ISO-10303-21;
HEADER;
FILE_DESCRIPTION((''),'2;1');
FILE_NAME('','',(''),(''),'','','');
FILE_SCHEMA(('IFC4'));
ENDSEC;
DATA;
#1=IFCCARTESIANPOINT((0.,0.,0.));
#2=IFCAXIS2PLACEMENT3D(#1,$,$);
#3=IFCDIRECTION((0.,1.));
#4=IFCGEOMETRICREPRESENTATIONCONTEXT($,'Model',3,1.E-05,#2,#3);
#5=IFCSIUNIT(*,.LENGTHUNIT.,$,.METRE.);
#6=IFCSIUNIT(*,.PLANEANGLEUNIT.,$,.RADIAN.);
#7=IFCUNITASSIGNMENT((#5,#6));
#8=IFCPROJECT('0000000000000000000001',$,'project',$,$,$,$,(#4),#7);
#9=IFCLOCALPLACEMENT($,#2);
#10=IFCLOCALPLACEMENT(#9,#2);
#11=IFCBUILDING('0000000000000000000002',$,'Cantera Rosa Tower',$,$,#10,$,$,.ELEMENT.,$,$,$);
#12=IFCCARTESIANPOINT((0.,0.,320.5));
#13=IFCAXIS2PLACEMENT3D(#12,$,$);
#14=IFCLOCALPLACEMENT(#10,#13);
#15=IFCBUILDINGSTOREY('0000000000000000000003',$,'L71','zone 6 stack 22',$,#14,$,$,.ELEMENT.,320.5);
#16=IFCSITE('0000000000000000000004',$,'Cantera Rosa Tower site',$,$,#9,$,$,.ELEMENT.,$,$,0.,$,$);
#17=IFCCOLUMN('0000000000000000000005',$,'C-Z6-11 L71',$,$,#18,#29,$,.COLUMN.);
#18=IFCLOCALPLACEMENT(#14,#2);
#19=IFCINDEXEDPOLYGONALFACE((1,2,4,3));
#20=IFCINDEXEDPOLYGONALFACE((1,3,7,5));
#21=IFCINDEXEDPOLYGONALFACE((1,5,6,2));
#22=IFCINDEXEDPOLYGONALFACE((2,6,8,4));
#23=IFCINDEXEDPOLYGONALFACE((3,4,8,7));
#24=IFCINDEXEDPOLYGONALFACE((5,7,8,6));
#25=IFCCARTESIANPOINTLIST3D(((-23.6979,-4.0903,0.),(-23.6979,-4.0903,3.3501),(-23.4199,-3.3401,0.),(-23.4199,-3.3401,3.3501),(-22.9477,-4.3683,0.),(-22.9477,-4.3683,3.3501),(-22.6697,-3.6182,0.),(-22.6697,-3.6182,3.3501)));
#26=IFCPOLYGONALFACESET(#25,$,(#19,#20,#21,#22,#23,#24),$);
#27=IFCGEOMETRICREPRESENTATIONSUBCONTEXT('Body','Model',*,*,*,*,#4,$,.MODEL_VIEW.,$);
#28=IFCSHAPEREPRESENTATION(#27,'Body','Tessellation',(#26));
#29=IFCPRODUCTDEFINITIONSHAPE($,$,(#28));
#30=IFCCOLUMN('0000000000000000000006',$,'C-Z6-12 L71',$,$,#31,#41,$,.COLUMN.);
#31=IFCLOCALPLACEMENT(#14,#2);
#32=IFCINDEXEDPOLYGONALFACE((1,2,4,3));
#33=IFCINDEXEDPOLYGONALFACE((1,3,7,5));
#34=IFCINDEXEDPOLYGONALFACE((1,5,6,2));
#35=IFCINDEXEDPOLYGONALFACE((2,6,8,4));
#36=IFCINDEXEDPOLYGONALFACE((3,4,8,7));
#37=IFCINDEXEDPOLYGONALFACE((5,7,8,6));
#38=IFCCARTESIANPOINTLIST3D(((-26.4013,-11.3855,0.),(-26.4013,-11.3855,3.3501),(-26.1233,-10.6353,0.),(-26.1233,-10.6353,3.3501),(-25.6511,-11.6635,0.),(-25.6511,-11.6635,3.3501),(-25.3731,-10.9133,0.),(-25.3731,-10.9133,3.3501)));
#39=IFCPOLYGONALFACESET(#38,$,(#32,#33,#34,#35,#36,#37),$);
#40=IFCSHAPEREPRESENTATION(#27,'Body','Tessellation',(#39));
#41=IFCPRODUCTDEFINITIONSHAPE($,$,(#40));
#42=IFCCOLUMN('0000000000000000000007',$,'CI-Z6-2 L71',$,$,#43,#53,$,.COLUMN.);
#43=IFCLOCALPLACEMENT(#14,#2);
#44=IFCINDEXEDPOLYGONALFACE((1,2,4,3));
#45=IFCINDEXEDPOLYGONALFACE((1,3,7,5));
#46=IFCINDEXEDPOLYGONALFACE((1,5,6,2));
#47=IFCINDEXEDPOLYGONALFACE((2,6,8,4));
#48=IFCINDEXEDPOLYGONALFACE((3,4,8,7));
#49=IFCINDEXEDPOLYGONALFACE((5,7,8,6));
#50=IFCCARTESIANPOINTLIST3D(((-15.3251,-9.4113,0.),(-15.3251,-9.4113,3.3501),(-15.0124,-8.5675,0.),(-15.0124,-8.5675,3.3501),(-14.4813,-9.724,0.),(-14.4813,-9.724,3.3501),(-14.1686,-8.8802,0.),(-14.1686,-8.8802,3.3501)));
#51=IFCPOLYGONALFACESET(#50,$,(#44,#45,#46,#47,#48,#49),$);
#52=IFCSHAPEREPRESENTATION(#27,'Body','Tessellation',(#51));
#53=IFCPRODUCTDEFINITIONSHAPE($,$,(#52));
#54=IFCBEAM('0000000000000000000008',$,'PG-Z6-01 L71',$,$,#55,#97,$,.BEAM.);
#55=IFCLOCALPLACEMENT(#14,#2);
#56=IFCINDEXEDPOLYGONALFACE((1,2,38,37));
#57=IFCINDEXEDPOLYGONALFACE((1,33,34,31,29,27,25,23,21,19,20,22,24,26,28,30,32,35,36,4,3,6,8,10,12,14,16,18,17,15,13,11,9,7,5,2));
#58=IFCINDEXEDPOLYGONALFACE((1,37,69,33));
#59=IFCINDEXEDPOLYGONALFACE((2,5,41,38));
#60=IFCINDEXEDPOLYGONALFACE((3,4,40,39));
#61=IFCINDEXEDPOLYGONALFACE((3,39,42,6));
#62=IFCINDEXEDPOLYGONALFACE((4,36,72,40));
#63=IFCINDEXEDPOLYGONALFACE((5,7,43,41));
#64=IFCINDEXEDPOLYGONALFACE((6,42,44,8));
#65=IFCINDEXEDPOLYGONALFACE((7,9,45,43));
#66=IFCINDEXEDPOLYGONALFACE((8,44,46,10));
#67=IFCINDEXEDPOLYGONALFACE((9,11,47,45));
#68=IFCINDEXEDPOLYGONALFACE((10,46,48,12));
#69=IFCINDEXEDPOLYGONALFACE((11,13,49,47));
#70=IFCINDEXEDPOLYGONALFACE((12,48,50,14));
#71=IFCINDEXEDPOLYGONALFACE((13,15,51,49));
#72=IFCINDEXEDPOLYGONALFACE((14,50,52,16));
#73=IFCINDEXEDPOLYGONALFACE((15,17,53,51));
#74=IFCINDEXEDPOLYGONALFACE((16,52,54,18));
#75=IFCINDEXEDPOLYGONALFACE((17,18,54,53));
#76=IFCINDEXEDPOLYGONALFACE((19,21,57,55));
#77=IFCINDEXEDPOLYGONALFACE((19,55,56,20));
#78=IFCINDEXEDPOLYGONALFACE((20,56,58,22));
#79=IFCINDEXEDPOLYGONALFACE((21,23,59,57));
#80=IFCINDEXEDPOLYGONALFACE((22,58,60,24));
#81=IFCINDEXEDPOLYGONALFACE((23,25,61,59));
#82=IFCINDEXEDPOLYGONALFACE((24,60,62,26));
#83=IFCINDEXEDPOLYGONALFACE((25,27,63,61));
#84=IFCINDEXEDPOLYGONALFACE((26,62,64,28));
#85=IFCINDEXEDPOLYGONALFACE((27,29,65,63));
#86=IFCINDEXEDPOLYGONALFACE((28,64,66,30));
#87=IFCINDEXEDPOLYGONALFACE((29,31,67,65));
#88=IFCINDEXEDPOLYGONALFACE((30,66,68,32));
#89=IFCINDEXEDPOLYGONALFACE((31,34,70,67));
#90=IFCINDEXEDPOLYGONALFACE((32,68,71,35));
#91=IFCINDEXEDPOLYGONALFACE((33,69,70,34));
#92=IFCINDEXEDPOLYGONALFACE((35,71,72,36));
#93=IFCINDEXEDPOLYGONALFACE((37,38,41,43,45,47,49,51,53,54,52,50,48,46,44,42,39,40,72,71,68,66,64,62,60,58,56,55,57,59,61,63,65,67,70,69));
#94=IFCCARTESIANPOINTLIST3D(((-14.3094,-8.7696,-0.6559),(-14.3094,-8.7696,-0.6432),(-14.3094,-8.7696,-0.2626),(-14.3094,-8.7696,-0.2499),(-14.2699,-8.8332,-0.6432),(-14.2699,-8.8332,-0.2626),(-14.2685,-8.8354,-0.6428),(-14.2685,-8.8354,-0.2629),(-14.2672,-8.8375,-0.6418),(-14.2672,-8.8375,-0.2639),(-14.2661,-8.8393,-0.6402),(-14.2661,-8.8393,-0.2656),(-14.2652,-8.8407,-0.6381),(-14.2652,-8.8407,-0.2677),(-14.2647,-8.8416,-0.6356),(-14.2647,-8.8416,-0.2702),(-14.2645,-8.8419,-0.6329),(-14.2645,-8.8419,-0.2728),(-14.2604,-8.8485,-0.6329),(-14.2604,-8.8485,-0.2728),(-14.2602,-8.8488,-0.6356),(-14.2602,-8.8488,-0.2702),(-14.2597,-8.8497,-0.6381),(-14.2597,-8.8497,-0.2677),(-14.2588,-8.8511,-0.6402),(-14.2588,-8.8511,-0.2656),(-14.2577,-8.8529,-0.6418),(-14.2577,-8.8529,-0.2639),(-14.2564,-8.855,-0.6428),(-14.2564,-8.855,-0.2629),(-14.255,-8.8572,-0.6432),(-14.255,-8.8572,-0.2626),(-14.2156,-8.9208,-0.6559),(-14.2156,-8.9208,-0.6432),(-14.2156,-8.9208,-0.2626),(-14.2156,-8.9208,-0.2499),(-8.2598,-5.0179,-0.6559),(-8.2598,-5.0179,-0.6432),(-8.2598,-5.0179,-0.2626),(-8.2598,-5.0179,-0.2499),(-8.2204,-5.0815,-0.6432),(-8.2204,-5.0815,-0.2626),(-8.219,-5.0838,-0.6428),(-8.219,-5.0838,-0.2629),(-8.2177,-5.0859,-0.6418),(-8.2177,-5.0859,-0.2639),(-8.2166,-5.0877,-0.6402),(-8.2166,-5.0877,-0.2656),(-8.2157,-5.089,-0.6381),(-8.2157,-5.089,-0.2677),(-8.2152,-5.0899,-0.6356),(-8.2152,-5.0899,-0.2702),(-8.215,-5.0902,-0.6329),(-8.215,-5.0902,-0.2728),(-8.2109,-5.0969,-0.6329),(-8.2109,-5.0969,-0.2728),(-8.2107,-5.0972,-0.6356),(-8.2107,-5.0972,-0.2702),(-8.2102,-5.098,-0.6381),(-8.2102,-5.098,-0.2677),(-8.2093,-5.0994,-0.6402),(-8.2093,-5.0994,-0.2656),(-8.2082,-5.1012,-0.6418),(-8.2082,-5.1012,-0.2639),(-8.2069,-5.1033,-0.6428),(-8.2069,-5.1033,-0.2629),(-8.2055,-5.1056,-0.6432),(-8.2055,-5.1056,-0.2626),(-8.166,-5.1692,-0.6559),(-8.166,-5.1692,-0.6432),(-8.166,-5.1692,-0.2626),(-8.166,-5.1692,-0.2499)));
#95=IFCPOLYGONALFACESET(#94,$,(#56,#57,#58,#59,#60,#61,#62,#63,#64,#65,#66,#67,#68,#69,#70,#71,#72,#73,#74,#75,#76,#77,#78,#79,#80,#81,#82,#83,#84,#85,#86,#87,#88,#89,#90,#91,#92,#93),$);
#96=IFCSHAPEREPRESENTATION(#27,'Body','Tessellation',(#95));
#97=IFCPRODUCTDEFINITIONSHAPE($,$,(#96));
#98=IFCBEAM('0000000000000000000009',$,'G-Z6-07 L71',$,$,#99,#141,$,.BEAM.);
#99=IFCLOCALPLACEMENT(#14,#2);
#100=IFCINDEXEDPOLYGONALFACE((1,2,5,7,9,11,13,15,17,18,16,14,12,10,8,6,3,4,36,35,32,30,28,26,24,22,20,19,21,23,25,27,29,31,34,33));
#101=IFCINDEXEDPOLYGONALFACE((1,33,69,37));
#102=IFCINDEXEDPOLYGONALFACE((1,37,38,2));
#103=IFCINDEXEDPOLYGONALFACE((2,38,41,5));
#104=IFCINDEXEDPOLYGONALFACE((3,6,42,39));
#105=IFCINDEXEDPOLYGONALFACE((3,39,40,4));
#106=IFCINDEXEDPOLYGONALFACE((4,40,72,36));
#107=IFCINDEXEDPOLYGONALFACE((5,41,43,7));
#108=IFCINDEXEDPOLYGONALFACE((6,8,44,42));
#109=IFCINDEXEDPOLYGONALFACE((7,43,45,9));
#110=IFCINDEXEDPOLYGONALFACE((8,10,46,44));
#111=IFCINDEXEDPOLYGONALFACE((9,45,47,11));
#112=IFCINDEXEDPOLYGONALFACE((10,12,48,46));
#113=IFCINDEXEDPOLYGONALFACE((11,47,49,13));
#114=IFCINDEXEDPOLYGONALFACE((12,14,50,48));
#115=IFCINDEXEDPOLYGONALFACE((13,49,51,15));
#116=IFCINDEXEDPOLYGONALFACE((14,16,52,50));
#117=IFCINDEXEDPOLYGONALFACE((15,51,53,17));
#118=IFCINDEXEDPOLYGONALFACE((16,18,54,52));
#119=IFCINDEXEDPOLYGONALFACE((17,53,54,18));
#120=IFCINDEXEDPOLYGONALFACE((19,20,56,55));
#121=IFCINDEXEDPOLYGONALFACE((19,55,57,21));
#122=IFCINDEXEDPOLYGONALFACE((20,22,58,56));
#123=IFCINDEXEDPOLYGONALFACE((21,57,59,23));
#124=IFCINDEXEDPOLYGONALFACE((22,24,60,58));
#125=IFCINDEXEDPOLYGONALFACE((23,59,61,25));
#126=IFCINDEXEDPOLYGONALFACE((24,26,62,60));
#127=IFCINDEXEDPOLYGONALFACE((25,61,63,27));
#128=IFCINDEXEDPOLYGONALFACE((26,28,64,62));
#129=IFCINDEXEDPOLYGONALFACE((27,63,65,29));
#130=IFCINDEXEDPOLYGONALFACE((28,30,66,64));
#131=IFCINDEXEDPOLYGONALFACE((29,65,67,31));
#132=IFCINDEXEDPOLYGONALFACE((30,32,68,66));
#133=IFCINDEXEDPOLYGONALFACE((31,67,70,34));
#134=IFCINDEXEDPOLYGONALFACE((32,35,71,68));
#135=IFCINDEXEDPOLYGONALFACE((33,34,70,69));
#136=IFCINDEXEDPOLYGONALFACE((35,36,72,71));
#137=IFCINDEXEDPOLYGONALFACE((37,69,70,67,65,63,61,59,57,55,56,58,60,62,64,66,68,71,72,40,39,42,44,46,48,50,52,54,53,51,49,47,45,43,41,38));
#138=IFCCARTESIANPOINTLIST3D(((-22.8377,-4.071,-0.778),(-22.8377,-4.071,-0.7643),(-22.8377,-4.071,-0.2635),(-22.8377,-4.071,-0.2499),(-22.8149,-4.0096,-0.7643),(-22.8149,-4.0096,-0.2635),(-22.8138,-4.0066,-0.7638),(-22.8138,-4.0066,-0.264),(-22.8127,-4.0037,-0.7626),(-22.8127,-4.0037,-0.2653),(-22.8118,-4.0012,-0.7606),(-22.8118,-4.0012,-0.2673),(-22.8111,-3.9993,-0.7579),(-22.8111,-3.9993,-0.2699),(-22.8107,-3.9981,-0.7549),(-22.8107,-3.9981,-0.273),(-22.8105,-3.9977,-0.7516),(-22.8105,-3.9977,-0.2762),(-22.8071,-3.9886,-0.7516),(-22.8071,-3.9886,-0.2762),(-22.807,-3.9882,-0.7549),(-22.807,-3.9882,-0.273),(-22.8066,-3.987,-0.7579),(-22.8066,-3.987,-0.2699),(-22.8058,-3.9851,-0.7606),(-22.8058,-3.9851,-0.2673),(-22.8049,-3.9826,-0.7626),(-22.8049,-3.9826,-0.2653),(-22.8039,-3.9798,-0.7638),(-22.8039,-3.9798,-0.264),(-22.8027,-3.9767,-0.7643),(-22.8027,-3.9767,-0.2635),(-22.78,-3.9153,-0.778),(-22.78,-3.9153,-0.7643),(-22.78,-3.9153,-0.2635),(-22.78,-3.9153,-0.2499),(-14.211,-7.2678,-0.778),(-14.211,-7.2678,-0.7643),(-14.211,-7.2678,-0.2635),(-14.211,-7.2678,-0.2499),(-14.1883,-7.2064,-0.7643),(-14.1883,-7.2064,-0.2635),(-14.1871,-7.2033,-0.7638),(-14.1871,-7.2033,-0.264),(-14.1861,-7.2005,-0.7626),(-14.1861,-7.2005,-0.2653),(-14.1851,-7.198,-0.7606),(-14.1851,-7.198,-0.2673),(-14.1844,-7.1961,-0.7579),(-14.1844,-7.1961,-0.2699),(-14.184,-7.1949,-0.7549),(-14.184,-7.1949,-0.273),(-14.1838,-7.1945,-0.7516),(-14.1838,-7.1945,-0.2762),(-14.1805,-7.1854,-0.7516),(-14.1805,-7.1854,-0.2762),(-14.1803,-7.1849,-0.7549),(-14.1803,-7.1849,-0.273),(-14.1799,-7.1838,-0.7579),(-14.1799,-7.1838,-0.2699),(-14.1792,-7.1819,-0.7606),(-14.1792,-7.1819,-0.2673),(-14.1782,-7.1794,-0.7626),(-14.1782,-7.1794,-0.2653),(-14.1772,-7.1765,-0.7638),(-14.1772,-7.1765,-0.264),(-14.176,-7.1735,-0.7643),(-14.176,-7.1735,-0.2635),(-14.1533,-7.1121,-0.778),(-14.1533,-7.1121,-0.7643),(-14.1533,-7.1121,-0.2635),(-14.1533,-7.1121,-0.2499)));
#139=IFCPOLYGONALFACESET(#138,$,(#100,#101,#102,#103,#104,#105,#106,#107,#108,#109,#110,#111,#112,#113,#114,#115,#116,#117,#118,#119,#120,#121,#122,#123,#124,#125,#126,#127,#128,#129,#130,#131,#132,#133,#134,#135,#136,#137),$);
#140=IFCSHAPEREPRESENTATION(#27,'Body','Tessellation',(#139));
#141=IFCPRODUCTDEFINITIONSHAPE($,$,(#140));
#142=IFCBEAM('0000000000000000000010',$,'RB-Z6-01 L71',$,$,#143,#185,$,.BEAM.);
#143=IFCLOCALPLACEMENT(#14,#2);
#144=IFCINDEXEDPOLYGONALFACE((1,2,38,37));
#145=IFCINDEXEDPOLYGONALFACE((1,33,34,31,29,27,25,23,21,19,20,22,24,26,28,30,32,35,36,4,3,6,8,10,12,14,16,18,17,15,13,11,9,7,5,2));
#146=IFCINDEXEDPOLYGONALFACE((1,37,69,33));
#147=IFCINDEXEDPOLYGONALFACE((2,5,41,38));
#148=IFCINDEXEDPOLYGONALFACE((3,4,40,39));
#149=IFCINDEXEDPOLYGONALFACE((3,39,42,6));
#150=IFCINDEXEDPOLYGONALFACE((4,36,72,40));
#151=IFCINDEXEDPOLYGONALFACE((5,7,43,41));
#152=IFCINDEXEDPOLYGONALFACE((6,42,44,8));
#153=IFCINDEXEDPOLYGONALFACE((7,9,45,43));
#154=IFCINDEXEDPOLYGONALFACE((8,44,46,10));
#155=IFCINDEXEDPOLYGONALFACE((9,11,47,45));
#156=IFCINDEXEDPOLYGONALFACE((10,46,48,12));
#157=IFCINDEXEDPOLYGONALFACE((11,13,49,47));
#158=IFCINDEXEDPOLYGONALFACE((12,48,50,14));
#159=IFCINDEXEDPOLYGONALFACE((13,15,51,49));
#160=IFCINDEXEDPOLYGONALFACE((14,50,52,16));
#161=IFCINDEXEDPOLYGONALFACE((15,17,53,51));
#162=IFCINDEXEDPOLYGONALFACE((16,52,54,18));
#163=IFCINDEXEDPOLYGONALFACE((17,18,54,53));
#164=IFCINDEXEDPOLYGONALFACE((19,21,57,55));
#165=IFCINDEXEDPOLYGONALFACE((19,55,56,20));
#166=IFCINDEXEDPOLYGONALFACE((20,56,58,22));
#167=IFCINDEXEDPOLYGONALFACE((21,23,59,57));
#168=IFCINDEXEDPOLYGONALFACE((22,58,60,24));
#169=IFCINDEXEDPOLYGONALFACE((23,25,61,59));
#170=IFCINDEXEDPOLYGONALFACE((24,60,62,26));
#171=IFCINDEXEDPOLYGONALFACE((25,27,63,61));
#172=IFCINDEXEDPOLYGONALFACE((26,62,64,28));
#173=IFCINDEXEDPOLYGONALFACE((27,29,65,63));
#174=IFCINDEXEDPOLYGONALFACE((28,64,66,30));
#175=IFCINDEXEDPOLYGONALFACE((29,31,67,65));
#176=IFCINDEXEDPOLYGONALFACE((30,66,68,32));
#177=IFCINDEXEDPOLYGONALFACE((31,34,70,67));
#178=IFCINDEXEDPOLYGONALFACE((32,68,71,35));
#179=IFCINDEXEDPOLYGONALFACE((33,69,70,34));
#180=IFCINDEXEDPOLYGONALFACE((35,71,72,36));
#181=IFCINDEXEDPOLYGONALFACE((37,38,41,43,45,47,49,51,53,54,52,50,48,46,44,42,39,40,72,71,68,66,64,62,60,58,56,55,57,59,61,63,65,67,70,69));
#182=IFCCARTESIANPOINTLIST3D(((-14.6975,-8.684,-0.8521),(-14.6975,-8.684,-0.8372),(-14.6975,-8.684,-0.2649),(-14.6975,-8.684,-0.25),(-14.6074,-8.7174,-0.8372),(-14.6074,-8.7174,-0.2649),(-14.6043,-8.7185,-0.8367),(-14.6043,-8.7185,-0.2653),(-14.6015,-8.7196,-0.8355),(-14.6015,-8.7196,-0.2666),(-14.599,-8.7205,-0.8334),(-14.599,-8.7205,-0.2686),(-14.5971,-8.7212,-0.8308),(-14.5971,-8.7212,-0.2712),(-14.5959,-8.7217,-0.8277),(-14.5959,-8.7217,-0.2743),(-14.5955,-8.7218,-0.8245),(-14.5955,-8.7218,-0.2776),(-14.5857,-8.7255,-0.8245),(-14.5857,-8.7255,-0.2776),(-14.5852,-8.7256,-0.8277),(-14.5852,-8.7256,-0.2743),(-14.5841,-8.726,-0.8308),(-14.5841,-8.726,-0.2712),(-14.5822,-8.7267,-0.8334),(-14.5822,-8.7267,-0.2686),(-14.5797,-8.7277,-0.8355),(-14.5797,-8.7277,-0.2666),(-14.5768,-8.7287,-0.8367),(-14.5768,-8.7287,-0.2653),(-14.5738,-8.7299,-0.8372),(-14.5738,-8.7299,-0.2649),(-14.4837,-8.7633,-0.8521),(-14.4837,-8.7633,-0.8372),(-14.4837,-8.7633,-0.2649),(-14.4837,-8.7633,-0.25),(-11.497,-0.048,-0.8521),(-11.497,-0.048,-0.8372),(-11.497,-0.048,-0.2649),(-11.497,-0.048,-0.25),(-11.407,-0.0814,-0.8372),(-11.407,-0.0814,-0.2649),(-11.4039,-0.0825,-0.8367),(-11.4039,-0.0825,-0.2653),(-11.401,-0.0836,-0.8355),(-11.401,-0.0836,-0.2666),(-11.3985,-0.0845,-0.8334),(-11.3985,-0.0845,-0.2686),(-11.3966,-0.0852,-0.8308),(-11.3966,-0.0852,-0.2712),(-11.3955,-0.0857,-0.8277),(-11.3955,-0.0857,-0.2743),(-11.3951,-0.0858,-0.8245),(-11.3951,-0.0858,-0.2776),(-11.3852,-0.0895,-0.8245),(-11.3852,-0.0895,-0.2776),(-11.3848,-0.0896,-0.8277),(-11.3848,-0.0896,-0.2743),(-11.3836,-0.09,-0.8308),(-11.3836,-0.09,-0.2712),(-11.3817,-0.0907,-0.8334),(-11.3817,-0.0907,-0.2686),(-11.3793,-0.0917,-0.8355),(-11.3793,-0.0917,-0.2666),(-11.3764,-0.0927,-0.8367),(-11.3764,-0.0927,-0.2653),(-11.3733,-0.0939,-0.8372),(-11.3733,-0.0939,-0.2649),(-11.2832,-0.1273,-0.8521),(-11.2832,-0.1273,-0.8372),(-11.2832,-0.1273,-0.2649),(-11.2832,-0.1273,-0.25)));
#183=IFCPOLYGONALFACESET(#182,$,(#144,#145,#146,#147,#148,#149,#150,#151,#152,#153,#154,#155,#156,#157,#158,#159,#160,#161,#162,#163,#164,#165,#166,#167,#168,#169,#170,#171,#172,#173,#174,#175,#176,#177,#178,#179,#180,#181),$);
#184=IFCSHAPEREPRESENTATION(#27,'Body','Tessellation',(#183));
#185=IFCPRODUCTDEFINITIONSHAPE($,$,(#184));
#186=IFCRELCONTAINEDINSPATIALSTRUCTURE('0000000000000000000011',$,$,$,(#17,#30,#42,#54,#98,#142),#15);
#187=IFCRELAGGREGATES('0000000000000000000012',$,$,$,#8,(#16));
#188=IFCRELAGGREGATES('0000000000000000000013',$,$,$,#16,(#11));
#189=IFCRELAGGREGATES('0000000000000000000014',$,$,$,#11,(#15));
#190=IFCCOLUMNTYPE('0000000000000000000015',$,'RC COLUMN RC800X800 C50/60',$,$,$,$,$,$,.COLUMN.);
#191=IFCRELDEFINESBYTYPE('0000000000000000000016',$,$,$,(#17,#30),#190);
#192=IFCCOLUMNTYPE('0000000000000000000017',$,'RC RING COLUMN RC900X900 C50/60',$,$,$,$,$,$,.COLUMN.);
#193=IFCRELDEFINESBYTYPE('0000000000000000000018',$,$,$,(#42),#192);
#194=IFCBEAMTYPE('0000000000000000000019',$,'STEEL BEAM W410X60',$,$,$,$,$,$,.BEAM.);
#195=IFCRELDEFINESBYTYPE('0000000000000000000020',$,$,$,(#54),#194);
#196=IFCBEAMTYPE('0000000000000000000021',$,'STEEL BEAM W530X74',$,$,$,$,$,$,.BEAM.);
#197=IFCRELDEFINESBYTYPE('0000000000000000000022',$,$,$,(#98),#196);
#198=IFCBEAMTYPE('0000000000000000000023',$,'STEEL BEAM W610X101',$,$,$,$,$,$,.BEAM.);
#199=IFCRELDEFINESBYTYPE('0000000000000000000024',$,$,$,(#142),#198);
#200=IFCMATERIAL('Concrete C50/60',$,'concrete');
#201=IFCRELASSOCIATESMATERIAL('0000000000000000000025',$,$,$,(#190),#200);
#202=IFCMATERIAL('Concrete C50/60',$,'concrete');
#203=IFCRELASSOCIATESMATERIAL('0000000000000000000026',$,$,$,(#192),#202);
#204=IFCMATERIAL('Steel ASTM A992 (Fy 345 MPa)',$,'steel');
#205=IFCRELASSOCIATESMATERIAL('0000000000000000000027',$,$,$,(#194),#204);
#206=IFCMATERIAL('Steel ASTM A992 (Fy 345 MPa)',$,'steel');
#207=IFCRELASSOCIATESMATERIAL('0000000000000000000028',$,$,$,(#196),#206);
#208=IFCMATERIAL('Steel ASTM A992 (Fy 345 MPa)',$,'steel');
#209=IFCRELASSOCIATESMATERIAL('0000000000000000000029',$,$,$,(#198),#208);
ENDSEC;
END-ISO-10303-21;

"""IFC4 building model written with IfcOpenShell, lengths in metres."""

from ifc_helpers import new_model, si_unit, direction, frame, origin, origin_2d, place, context, subcontext, project, spatial, rectangle, i_section, extrude, material, material_profile, profile_set, type_object, element, save


model = new_model("IFC4")

# Units and contexts
model_context = context("Model", 3, precision=1e-05, world=origin(), true_north=direction((0.0, 1.0)))
body_context = subcontext(model_context, "Body", "Model", "MODEL_VIEW")
ifc_project = project(units=[si_unit("LENGTHUNIT", "METRE"), si_unit("PLANEANGLEUNIT", "RADIAN")], contexts=[model_context])

# Site, building, storey
site_placement = place(None, origin())
site = spatial("IfcSite", under=ifc_project, at=site_placement, Name="Cantera Rosa Tower site", CompositionType="ELEMENT", RefElevation=0.0)
building_placement = place(site_placement, origin())
building = spatial("IfcBuilding", under=site, at=building_placement, Name="Cantera Rosa Tower", CompositionType="ELEMENT")
storey_placement = place(building_placement, frame((0.0, 0.0, 320.5)))
storey = spatial("IfcBuildingStorey", under=building, at=storey_placement, Name="L71", Description="zone 6 stack 22", CompositionType="ELEMENT", Elevation=320.5)

# Columns
ifc_material_1 = material(Name="Concrete C50/60", Category="concrete")
ifc_material_profile_1 = material_profile(ifc_material_1, rectangle(XDim=0.8, YDim=0.8, at=origin_2d()), Name="RC COLUMN RC800X800 C50/60")
ifc_profile_set_1 = profile_set([ifc_material_profile_1], Name="Concrete C50/60")
column_type_1 = type_object("IfcColumnType", Name="RC COLUMN RC800X800 C50/60", PredefinedType="COLUMN", material=ifc_profile_set_1)
for number, where, z_axis, x_axis, name in (
    (1, (-23.1838, -3.8542, 0.0), (0.0, 0.0, 1.0), (0.347481, 0.937687, 0.0), "C-Z6-11 L71"),
    (2, (-25.8872, -11.1494, 0.0), (0.0, 0.0, 1.0), (0.347481, 0.937687, 0.0), "C-Z6-12 L71"),
):
    element("IfcColumn", number, at=place(storey_placement, frame(where, z_axis=z_axis, x_axis=x_axis)), inside=storey, type_object=column_type_1, Name=name, PredefinedType="COLUMN", context=body_context, shape_type="SweptSolid", body=[
        extrude(rectangle(XDim=0.8, YDim=0.8, at=origin_2d()), origin(), (0.0, 0.0, 1.0), 3.3501),
    ])
ifc_material_2 = material(Name="Concrete C50/60", Category="concrete")
ifc_material_profile_2 = material_profile(ifc_material_2, rectangle(XDim=0.8999, YDim=0.8999, at=origin_2d()), Name="RC RING COLUMN RC900X900 C50/60")
ifc_profile_set_2 = profile_set([ifc_material_profile_2], Name="Concrete C50/60")
column_type_2 = type_object("IfcColumnType", Name="RC RING COLUMN RC900X900 C50/60", PredefinedType="COLUMN", material=ifc_profile_set_2)
column_placement = place(storey_placement, frame((-14.7468, -9.1458, 0.0), z_axis=(0.0, 0.0, 1.0), x_axis=(0.347481, 0.937687, 0.0)))
element("IfcColumn", 3, at=column_placement, inside=storey, type_object=column_type_2, Name="CI-Z6-2 L71", PredefinedType="COLUMN", context=body_context, shape_type="SweptSolid", body=[
    extrude(rectangle(XDim=0.8999, YDim=0.8999, at=origin_2d()), origin(), (0.0, 0.0, 1.0), 3.3501),
])

# Beams
ifc_material_3 = material(Name="Steel ASTM A992 (Fy 345 MPa)", Category="steel")
ifc_material_profile_3 = material_profile(ifc_material_3, i_section(OverallWidth=0.178, OverallDepth=0.406, WebThickness=0.0078, FlangeThickness=0.0127, FilletRadius=0.0103, at=origin_2d()), Name="W410X60")
ifc_profile_set_3 = profile_set([ifc_material_profile_3], Name="Steel ASTM A992 (Fy 345 MPa)")
beam_type_1 = type_object("IfcBeamType", Name="STEEL BEAM W410X60", PredefinedType="BEAM", material=ifc_profile_set_3)
beam_1_placement = place(storey_placement, frame((-14.2625, -8.8452, -0.4529), z_axis=(0.849841, 0.527039, 0.0), x_axis=(-0.527039, 0.849841, 0.0)))
element("IfcBeam", 4, at=beam_1_placement, inside=storey, type_object=beam_type_1, Name="PG-Z6-01 L71", PredefinedType="BEAM", context=body_context, shape_type="SweptSolid", body=[
    extrude(i_section(OverallWidth=0.178, OverallDepth=0.406, WebThickness=0.0078, FlangeThickness=0.0127, FilletRadius=0.0103, at=origin_2d()), origin(), (0.0, 0.0, 1.0), 7.1184),
])
ifc_material_4 = material(Name="Steel ASTM A992 (Fy 345 MPa)", Category="steel")
ifc_material_profile_4 = material_profile(ifc_material_4, i_section(OverallWidth=0.166, OverallDepth=0.5281, WebThickness=0.0098, FlangeThickness=0.0137, FilletRadius=0.0127, at=origin_2d()), Name="W530X74")
ifc_profile_set_4 = profile_set([ifc_material_profile_4], Name="Steel ASTM A992 (Fy 345 MPa)")
beam_type_2 = type_object("IfcBeamType", Name="STEEL BEAM W530X74", PredefinedType="BEAM", material=ifc_profile_set_4)
beam_2_placement = place(storey_placement, frame((-22.8088, -3.9932, -0.5139), z_axis=(0.937689, -0.347477, 0.0), x_axis=(0.347477, 0.937689, 0.0)))
element("IfcBeam", 5, at=beam_2_placement, inside=storey, type_object=beam_type_2, Name="G-Z6-07 L71", PredefinedType="BEAM", context=body_context, shape_type="SweptSolid", body=[
    extrude(i_section(OverallWidth=0.166, OverallDepth=0.5281, WebThickness=0.0098, FlangeThickness=0.0137, FilletRadius=0.0127, at=origin_2d()), origin(), (0.0, 0.0, 1.0), 9.2),
])
ifc_material_5 = material(Name="Steel ASTM A992 (Fy 345 MPa)", Category="steel")
ifc_material_profile_5 = material_profile(ifc_material_5, i_section(OverallWidth=0.228, OverallDepth=0.6021, WebThickness=0.0105, FlangeThickness=0.0149, FilletRadius=0.0127, at=origin_2d()), Name="W610X101")
ifc_profile_set_5 = profile_set([ifc_material_profile_5], Name="Steel ASTM A992 (Fy 345 MPa)")
beam_type_3 = type_object("IfcBeamType", Name="STEEL BEAM W610X101", PredefinedType="BEAM", material=ifc_profile_set_5)
beam_3_placement = place(storey_placement, frame((-14.5906, -8.7236, -0.551), z_axis=(0.347498, 0.937681, 0.0), x_axis=(-0.937681, 0.347498, 0.0)))
element("IfcBeam", 6, at=beam_3_placement, inside=storey, type_object=beam_type_3, Name="RB-Z6-01 L71", PredefinedType="BEAM", context=body_context, shape_type="SweptSolid", body=[
    extrude(i_section(OverallWidth=0.228, OverallDepth=0.6021, WebThickness=0.0105, FlangeThickness=0.0149, FilletRadius=0.0127, at=origin_2d()), origin(), (0.0, 0.0, 1.0), 9.21),
])

save(model, "model.ifc")
